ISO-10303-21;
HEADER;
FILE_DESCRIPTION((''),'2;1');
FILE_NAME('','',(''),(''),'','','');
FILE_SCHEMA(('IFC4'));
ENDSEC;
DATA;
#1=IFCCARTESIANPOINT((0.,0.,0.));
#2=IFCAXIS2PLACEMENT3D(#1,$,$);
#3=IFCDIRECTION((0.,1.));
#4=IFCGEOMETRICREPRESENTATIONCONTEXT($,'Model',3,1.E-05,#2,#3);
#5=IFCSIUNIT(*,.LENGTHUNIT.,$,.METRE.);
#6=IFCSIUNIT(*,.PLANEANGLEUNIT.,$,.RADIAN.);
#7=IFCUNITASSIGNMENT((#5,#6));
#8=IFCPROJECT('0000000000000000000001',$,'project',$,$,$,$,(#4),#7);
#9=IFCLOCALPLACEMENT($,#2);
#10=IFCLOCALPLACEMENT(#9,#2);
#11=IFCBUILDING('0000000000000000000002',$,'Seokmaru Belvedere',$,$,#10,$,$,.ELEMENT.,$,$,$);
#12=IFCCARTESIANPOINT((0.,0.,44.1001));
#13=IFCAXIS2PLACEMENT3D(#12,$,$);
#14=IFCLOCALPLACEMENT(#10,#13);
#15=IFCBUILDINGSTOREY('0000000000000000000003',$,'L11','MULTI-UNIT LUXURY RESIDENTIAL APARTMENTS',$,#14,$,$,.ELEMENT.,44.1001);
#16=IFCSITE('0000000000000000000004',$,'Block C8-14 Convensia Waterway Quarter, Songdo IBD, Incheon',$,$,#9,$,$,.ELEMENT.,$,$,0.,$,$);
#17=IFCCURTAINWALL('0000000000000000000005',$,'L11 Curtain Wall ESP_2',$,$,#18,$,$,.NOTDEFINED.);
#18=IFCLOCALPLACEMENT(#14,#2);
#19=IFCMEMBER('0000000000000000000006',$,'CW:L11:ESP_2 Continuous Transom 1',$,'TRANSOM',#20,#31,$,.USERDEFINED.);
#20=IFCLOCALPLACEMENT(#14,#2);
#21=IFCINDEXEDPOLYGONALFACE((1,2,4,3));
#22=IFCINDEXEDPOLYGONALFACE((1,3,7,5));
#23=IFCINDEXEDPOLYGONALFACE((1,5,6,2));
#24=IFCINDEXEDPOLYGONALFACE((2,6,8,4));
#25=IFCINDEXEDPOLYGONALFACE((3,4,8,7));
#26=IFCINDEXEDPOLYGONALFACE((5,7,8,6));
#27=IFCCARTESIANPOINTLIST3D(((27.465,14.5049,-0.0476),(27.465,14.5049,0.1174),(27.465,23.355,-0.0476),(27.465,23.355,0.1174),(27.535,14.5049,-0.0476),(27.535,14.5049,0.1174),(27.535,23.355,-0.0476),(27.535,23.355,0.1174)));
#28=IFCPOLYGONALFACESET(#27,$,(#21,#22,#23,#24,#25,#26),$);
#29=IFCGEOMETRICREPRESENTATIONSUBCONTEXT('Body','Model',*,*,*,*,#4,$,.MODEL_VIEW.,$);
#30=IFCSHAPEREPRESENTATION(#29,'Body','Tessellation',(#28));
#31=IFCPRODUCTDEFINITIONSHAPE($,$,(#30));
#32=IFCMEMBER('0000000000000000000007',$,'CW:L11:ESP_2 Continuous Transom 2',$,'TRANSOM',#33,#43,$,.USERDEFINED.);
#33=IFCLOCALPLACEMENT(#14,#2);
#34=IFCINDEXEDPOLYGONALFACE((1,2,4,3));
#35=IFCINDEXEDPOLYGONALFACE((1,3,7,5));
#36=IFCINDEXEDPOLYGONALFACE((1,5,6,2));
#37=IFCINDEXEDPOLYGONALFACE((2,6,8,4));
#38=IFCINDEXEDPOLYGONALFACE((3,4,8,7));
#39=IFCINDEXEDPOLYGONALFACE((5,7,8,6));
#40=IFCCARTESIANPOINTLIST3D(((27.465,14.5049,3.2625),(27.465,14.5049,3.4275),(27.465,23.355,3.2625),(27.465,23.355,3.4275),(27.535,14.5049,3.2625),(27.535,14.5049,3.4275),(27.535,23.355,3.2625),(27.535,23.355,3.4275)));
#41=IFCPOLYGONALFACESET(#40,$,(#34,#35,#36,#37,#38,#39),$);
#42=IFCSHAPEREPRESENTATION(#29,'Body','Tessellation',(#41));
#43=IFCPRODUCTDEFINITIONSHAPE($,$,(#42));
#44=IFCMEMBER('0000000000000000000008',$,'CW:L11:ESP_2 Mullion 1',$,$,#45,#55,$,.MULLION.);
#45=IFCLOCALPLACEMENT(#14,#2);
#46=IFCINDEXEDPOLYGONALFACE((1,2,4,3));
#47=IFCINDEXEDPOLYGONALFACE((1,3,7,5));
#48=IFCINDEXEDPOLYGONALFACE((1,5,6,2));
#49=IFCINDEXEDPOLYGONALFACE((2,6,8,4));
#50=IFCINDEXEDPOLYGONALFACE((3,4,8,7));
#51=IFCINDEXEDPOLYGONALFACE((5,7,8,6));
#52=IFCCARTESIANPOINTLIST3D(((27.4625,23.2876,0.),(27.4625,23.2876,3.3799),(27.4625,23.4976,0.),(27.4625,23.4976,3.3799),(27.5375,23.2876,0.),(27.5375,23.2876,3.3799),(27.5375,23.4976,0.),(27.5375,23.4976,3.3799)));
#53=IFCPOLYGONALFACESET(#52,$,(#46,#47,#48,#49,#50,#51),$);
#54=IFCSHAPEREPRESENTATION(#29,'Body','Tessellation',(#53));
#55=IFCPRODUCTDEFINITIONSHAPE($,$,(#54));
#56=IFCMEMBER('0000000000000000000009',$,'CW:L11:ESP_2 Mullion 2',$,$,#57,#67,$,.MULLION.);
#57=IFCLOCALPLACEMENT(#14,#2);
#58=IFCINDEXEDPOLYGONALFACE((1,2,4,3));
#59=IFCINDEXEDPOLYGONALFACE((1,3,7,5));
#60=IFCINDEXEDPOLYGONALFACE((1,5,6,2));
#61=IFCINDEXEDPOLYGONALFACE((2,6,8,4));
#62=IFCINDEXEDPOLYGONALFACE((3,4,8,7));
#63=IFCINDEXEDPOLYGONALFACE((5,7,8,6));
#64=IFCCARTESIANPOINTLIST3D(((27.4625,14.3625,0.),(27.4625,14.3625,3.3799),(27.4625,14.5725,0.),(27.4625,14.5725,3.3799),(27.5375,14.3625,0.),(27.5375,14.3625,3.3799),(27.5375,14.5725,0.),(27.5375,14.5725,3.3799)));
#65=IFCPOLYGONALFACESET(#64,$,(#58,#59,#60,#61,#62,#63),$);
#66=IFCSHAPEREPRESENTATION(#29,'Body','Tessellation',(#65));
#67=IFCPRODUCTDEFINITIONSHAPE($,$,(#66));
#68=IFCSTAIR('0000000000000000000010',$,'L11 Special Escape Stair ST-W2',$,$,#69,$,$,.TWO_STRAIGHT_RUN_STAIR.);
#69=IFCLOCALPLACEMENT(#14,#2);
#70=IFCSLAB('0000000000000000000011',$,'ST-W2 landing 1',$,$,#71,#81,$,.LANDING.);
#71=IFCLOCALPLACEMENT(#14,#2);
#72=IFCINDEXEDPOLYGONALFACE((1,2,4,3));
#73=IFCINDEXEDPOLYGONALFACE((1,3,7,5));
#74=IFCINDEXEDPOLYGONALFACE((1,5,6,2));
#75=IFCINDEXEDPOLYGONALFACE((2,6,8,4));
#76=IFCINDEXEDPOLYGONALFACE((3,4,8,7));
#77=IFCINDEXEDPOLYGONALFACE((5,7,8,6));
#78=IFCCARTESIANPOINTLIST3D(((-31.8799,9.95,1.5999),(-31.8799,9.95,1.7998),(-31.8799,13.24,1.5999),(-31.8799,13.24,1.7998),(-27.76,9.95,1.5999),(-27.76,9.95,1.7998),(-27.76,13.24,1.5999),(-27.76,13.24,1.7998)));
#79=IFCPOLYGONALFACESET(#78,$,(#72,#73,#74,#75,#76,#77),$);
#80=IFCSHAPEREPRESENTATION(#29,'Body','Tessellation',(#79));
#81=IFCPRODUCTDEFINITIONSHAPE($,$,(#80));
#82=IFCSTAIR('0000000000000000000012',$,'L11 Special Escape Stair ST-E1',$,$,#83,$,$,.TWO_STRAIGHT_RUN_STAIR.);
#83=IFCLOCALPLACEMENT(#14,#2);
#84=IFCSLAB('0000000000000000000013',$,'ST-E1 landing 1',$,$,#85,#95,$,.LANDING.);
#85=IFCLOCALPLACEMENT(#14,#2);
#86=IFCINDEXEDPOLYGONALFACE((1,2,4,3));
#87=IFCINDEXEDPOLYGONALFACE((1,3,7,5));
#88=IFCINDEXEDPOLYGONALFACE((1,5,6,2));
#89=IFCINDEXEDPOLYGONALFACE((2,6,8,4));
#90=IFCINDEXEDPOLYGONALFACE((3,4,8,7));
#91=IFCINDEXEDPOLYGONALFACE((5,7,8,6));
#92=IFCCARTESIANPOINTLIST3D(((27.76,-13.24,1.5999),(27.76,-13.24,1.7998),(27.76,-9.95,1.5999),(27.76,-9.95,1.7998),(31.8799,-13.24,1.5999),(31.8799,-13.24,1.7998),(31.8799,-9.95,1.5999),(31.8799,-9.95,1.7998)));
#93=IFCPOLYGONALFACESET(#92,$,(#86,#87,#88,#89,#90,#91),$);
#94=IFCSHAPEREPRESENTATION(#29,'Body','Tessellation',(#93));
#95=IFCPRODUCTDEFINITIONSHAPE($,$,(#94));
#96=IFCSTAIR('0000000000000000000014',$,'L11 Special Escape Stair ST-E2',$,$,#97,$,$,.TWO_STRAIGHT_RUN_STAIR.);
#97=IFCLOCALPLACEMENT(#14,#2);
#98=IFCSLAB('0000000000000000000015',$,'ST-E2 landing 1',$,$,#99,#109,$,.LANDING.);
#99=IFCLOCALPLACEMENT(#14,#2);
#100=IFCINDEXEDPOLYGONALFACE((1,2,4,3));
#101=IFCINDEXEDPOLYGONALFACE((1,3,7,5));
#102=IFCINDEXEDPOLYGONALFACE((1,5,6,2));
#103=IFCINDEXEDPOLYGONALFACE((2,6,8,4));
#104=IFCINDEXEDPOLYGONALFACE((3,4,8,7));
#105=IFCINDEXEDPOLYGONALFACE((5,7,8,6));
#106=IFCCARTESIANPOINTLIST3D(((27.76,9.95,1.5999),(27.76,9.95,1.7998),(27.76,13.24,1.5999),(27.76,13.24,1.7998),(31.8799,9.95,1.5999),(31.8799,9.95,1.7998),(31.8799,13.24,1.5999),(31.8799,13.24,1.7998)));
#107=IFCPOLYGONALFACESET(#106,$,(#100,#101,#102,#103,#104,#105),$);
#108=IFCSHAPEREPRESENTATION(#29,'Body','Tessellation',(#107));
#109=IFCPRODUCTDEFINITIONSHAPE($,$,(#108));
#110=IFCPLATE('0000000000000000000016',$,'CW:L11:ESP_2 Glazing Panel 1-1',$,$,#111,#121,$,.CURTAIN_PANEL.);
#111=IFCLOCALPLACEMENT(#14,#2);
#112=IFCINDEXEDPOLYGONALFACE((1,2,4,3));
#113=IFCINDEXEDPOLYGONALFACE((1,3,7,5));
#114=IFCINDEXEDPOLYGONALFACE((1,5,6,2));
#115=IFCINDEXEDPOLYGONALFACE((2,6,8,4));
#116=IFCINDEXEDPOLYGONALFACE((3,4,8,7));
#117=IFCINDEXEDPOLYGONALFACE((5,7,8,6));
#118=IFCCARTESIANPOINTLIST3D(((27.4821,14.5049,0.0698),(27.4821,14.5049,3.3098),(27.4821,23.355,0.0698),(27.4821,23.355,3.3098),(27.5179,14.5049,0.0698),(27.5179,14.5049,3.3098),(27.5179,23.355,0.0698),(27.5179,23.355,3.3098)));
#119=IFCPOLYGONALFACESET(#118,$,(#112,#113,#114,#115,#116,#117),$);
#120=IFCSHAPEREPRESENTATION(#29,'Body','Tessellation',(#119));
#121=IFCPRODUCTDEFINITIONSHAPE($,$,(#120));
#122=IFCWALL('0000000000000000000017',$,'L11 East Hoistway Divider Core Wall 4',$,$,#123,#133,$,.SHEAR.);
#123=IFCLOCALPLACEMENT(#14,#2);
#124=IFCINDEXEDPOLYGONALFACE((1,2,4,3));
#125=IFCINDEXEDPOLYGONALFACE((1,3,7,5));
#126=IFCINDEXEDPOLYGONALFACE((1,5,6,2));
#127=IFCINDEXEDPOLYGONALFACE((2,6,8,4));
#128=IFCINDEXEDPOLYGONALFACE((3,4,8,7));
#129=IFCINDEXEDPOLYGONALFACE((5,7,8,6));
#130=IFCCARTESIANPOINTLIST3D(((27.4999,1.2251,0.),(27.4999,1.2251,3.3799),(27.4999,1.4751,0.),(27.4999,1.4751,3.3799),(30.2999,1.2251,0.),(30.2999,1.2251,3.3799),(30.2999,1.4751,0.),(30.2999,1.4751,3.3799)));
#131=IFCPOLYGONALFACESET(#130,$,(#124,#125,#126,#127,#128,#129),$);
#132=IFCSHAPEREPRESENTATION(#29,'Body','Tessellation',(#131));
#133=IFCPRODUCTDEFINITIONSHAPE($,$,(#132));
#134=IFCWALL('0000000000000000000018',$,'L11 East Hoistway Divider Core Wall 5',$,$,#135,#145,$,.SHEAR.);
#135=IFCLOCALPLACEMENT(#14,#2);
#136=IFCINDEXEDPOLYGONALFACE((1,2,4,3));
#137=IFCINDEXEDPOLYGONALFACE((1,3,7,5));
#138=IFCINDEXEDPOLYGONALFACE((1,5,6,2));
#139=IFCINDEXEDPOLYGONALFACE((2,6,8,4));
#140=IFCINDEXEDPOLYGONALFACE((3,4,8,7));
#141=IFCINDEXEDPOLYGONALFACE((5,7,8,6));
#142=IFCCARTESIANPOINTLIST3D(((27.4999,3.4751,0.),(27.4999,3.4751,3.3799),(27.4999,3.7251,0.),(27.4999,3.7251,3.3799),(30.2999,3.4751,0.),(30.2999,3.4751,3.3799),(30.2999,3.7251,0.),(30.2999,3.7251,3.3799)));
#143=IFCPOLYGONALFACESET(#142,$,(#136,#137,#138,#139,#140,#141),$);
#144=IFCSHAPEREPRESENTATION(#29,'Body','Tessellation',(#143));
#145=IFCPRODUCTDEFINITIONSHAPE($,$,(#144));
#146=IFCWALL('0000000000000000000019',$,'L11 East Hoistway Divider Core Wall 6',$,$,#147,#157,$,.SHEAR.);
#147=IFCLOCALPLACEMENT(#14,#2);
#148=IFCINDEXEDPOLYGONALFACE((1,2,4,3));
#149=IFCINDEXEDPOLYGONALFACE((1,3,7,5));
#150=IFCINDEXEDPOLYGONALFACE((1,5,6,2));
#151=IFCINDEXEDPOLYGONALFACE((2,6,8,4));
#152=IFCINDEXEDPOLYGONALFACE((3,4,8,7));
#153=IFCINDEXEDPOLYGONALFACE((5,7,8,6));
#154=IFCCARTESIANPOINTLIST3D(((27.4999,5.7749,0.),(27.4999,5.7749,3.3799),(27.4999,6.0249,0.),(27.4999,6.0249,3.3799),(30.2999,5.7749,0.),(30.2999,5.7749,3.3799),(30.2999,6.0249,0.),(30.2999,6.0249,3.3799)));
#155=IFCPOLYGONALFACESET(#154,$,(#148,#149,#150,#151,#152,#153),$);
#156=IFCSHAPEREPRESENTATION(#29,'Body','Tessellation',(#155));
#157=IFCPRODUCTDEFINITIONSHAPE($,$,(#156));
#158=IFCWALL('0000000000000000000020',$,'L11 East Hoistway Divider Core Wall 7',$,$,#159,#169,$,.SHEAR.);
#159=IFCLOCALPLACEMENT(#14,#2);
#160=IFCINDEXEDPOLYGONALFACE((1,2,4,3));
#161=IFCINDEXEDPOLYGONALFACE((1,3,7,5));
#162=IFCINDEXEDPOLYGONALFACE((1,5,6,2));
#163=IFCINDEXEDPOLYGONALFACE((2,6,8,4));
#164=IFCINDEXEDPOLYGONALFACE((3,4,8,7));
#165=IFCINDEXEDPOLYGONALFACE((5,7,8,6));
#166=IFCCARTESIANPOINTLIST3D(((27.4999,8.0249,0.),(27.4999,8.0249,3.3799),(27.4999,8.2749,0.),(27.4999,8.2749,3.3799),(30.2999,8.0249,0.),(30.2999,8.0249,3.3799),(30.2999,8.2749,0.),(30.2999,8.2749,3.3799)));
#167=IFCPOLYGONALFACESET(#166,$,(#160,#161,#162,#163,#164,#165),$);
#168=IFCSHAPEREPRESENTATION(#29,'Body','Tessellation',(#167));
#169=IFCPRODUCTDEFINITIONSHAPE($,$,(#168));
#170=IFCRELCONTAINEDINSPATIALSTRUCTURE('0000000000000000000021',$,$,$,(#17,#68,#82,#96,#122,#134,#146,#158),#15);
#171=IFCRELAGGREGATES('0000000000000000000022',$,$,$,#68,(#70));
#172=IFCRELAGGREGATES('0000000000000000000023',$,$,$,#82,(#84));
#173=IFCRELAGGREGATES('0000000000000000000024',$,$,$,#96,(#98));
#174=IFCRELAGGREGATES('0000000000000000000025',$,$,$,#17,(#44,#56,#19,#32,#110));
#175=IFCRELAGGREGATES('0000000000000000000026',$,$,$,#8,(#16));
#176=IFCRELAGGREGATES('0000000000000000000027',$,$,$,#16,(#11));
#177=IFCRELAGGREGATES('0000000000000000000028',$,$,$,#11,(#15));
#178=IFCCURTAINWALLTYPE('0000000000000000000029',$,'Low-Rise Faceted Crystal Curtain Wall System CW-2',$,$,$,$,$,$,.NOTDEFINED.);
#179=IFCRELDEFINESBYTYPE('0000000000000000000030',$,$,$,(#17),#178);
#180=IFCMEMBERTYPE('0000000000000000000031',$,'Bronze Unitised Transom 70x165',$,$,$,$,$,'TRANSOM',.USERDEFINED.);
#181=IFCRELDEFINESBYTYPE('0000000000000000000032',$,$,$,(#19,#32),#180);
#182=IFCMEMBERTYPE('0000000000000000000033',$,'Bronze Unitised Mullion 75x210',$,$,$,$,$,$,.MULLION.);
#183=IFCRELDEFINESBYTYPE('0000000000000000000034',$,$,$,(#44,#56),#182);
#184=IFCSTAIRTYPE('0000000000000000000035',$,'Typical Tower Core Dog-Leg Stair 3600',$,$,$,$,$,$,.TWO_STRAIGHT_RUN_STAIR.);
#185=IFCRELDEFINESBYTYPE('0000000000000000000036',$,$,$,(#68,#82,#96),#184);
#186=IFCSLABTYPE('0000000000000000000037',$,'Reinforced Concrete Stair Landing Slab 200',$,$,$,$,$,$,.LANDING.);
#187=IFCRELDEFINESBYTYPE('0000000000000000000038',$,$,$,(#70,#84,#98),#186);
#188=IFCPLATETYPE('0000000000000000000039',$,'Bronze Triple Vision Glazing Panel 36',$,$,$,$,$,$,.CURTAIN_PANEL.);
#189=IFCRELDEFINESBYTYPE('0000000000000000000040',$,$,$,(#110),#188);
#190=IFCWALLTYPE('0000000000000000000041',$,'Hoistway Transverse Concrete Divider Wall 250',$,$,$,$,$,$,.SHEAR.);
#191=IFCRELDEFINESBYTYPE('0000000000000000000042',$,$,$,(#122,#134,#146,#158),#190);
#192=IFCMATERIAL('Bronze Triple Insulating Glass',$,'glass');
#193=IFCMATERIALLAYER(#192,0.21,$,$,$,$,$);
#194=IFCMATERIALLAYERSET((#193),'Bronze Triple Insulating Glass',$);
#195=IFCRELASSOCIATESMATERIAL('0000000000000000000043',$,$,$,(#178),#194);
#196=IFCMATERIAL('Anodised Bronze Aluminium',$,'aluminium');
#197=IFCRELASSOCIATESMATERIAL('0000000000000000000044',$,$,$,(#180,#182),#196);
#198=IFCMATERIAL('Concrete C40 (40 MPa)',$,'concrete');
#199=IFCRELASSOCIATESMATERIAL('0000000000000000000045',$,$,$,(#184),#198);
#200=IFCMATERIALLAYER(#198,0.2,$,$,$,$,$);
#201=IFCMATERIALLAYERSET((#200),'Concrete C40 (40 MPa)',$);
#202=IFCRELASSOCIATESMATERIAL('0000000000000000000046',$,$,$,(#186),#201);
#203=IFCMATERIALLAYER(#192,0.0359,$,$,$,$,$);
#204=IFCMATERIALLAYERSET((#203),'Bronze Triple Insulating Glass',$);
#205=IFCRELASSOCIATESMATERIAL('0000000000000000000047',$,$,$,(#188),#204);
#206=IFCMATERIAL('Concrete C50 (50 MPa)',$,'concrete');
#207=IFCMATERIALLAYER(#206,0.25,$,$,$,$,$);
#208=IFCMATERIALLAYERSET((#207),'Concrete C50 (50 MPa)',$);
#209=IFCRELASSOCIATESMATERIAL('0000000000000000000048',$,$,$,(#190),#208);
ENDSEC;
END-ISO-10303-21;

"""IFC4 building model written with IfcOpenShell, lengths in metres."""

from ifc_helpers import new_model, si_unit, direction, frame, frame_2d, origin, origin_2d, place, context, subcontext, project, spatial, polyline, rectangle, outline, extrude, source, transform, mapped, material, layer, layer_set, material_profile, profile_set, type_object, type_shapes, element, aggregate, save


model = new_model("IFC4")

# Units and contexts
model_context = context("Model", 3, precision=1e-05, world=origin(), true_north=direction((0.0, 1.0)))
body_context = subcontext(model_context, "Body", "Model", "MODEL_VIEW")
ifc_project = project(units=[si_unit("LENGTHUNIT", "METRE"), si_unit("PLANEANGLEUNIT", "RADIAN")], contexts=[model_context])

# Site, building, storey
site_placement = place(None, origin())
site = spatial("IfcSite", under=ifc_project, at=site_placement, Name="Block C8-14 Convensia Waterway Quarter, Songdo IBD, Incheon", CompositionType="ELEMENT", RefElevation=0.0)
building_placement = place(site_placement, origin())
building = spatial("IfcBuilding", under=site, at=building_placement, Name="Seokmaru Belvedere", CompositionType="ELEMENT")
storey_placement = place(building_placement, frame((0.0, 0.0, 44.1001)))
storey = spatial("IfcBuildingStorey", under=building, at=storey_placement, Name="L11", Description="MULTI-UNIT LUXURY RESIDENTIAL APARTMENTS", CompositionType="ELEMENT", Elevation=44.1001)

# Curtain wall, members
ifc_material_1 = material(Name="Bronze Triple Insulating Glass", Category="glass")
ifc_layer_1 = layer(ifc_material_1, 0.21)
ifc_layer_set_1 = layer_set([ifc_layer_1], Name="Bronze Triple Insulating Glass")
curtain_wall_type = type_object("IfcCurtainWallType", Name="Low-Rise Faceted Crystal Curtain Wall System CW-2", PredefinedType="NOTDEFINED", material=ifc_layer_set_1)
curtain_wall_placement = place(storey_placement, origin())
curtain_wall = element("IfcCurtainWall", 1, at=curtain_wall_placement, inside=storey, type_object=curtain_wall_type, Name="L11 Curtain Wall ESP_2", PredefinedType="NOTDEFINED")
ifc_material_2 = material(Name="Anodised Bronze Aluminium", Category="aluminium")
ifc_material_profile_1 = material_profile(ifc_material_2, rectangle(XDim=0.0701, YDim=0.165, at=origin_2d()), Name="CW-T-70x165")
ifc_profile_set_1 = profile_set([ifc_material_profile_1], Name="Anodised Bronze Aluminium")
member_type_1 = type_object("IfcMemberType", Name="Bronze Unitised Transom 70x165", ElementType="TRANSOM", PredefinedType="USERDEFINED", material=ifc_profile_set_1)
shared_shape_1 = source(origin(), body_context, "Body", "SweptSolid", [
    extrude(rectangle(XDim=0.0701, YDim=0.165, at=origin_2d()), origin(), (0.0, 0.0, 1.0), 8.8501),
])
type_shapes(member_type_1, [shared_shape_1])
member_1_placement = place(storey_placement, frame((27.5, 23.355, 0.0349), z_axis=(0.0, -1.0, 0.0), x_axis=(1.0, 0.0, 0.0)))
member_1 = element("IfcMember", 2, at=member_1_placement, type_object=member_type_1, Name="CW:L11:ESP_2 Continuous Transom 1", ObjectType="TRANSOM", PredefinedType="USERDEFINED", context=body_context, shape_type="MappedRepresentation", body=[
    mapped(shared_shape_1, transform((0.0, 0.0, 0.0), scale=1.0)),
])
member_2_placement = place(storey_placement, frame((27.5, 23.355, 3.345), z_axis=(0.0, -1.0, 0.0), x_axis=(1.0, 0.0, 0.0)))
member_2 = element("IfcMember", 3, at=member_2_placement, type_object=member_type_1, Name="CW:L11:ESP_2 Continuous Transom 2", ObjectType="TRANSOM", PredefinedType="USERDEFINED", context=body_context, shape_type="MappedRepresentation", body=[
    mapped(shared_shape_1, transform((0.0, 0.0, 0.0), scale=1.0)),
])
ifc_material_profile_2 = material_profile(ifc_material_2, rectangle(XDim=0.075, YDim=0.21, at=origin_2d()), Name="CW-M-75x210")
ifc_profile_set_2 = profile_set([ifc_material_profile_2], Name="Anodised Bronze Aluminium")
member_type_2 = type_object("IfcMemberType", Name="Bronze Unitised Mullion 75x210", PredefinedType="MULLION", material=ifc_profile_set_2)
shared_shape_2 = source(origin(), body_context, "Body", "SweptSolid", [
    extrude(rectangle(XDim=0.075, YDim=0.21, at=origin_2d()), origin(), (0.0, 0.0, 1.0), 3.3799),
])
type_shapes(member_type_2, [shared_shape_2])
member_3_placement = place(storey_placement, frame((27.5, 23.3926, 0.0), z_axis=(0.0, 0.0, 1.0), x_axis=(1.0, 0.0, 0.0)))
member_3 = element("IfcMember", 4, at=member_3_placement, type_object=member_type_2, Name="CW:L11:ESP_2 Mullion 1", PredefinedType="MULLION", context=body_context, shape_type="MappedRepresentation", body=[
    mapped(shared_shape_2, transform((0.0, 0.0, 0.0), scale=1.0)),
])
member_4_placement = place(storey_placement, frame((27.5, 14.4675, 0.0), z_axis=(0.0, 0.0, 1.0), x_axis=(1.0, 0.0, 0.0)))
member_4 = element("IfcMember", 5, at=member_4_placement, type_object=member_type_2, Name="CW:L11:ESP_2 Mullion 2", PredefinedType="MULLION", context=body_context, shape_type="MappedRepresentation", body=[
    mapped(shared_shape_2, transform((0.0, 0.0, 0.0), scale=1.0)),
])

# Stairs, slabs
ifc_material_3 = material(Name="Concrete C40 (40 MPa)", Category="concrete")
stair_type = type_object("IfcStairType", Name="Typical Tower Core Dog-Leg Stair 3600", PredefinedType="TWO_STRAIGHT_RUN_STAIR", material=ifc_material_3)
stair_1_placement = place(storey_placement, origin())
stair_1 = element("IfcStair", 6, at=stair_1_placement, inside=storey, type_object=stair_type, Name="L11 Special Escape Stair ST-W2", PredefinedType="TWO_STRAIGHT_RUN_STAIR")
ifc_layer_2 = layer(ifc_material_3, 0.2)
ifc_layer_set_2 = layer_set([ifc_layer_2], Name="Concrete C40 (40 MPa)")
slab_type = type_object("IfcSlabType", Name="Reinforced Concrete Stair Landing Slab 200", PredefinedType="LANDING", material=ifc_layer_set_2)
slab_1_placement = place(storey_placement, frame((0.0, 0.0, 1.5999)))
slab_1 = element("IfcSlab", 7, at=slab_1_placement, type_object=slab_type, Name="ST-W2 landing 1", PredefinedType="LANDING", context=body_context, shape_type="SweptSolid", body=[
    extrude(outline(polyline([(-31.8799, 9.95), (-27.76, 9.95), (-27.76, 13.24), (-31.8799, 13.24), (-31.8799, 9.95)])), origin(), (0.0, 0.0, 1.0), 0.2),
])
aggregate(stair_1, [slab_1])
stair_2_placement = place(storey_placement, origin())
stair_2 = element("IfcStair", 8, at=stair_2_placement, inside=storey, type_object=stair_type, Name="L11 Special Escape Stair ST-E1", PredefinedType="TWO_STRAIGHT_RUN_STAIR")
slab_2_placement = place(storey_placement, frame((0.0, 0.0, 1.5999)))
slab_2 = element("IfcSlab", 9, at=slab_2_placement, type_object=slab_type, Name="ST-E1 landing 1", PredefinedType="LANDING", context=body_context, shape_type="SweptSolid", body=[
    extrude(outline(polyline([(27.76, -13.24), (31.8799, -13.24), (31.8799, -9.95), (27.76, -9.95), (27.76, -13.24)])), origin(), (0.0, 0.0, 1.0), 0.2),
])
aggregate(stair_2, [slab_2])
stair_3_placement = place(storey_placement, origin())
stair_3 = element("IfcStair", 10, at=stair_3_placement, inside=storey, type_object=stair_type, Name="L11 Special Escape Stair ST-E2", PredefinedType="TWO_STRAIGHT_RUN_STAIR")
slab_3_placement = place(storey_placement, frame((0.0, 0.0, 1.5999)))
slab_3 = element("IfcSlab", 11, at=slab_3_placement, type_object=slab_type, Name="ST-E2 landing 1", PredefinedType="LANDING", context=body_context, shape_type="SweptSolid", body=[
    extrude(outline(polyline([(27.76, 9.95), (31.8799, 9.95), (31.8799, 13.24), (27.76, 13.24), (27.76, 9.95)])), origin(), (0.0, 0.0, 1.0), 0.2),
])
aggregate(stair_3, [slab_3])

# Plate
ifc_layer_3 = layer(ifc_material_1, 0.0359)
ifc_layer_set_3 = layer_set([ifc_layer_3], Name="Bronze Triple Insulating Glass")
plate_type = type_object("IfcPlateType", Name="Bronze Triple Vision Glazing Panel 36", PredefinedType="CURTAIN_PANEL", material=ifc_layer_set_3)
shared_shape_3 = source(origin(), body_context, "Body", "SweptSolid", [
    extrude(rectangle(XDim=8.8501, YDim=0.0359, at=origin_2d()), origin(), (0.0, 0.0, 1.0), 3.24),
])
type_shapes(plate_type, [shared_shape_3])
plate_placement = place(storey_placement, frame((27.5, 18.9299, 0.0698), z_axis=(0.0, 0.0, 1.0), x_axis=(0.0, -1.0, 0.0)))
plate = element("IfcPlate", 12, at=plate_placement, type_object=plate_type, Name="CW:L11:ESP_2 Glazing Panel 1-1", PredefinedType="CURTAIN_PANEL", context=body_context, shape_type="MappedRepresentation", body=[
    mapped(shared_shape_3, transform((0.0, 0.0, 0.0), scale=1.0)),
])
aggregate(curtain_wall, [member_3, member_4, member_1, member_2, plate])

# Walls
ifc_material_4 = material(Name="Concrete C50 (50 MPa)", Category="concrete")
ifc_layer_4 = layer(ifc_material_4, 0.25)
ifc_layer_set_4 = layer_set([ifc_layer_4], Name="Concrete C50 (50 MPa)")
wall_type_1 = type_object("IfcWallType", Name="Hoistway Transverse Concrete Divider Wall 250", PredefinedType="SHEAR", material=ifc_layer_set_4)
for number, where, z_axis, x_axis, name in (
    (13, (27.5, 1.3501, 0.0), (0.0, 0.0, 1.0), (1.0, 0.0, 0.0), "L11 East Hoistway Divider Core Wall 4"),
    (14, (27.5, 3.6001, 0.0), (0.0, 0.0, 1.0), (1.0, 0.0, 0.0), "L11 East Hoistway Divider Core Wall 5"),
    (15, (27.5, 5.8999, 0.0), (0.0, 0.0, 1.0), (1.0, 0.0, 0.0), "L11 East Hoistway Divider Core Wall 6"),
    (16, (27.5, 8.1499, 0.0), (0.0, 0.0, 1.0), (1.0, 0.0, 0.0), "L11 East Hoistway Divider Core Wall 7"),
):
    element("IfcWall", number, at=place(storey_placement, frame(where, z_axis=z_axis, x_axis=x_axis)), inside=storey, type_object=wall_type_1, Name=name, PredefinedType="SHEAR", context=body_context, shape_type="SweptSolid", body=[
        extrude(rectangle(XDim=2.8, YDim=0.25, at=frame_2d((1.3999, 0.0))), origin(), (0.0, 0.0, 1.0), 3.3799),
    ])

save(model, "model.ifc")
